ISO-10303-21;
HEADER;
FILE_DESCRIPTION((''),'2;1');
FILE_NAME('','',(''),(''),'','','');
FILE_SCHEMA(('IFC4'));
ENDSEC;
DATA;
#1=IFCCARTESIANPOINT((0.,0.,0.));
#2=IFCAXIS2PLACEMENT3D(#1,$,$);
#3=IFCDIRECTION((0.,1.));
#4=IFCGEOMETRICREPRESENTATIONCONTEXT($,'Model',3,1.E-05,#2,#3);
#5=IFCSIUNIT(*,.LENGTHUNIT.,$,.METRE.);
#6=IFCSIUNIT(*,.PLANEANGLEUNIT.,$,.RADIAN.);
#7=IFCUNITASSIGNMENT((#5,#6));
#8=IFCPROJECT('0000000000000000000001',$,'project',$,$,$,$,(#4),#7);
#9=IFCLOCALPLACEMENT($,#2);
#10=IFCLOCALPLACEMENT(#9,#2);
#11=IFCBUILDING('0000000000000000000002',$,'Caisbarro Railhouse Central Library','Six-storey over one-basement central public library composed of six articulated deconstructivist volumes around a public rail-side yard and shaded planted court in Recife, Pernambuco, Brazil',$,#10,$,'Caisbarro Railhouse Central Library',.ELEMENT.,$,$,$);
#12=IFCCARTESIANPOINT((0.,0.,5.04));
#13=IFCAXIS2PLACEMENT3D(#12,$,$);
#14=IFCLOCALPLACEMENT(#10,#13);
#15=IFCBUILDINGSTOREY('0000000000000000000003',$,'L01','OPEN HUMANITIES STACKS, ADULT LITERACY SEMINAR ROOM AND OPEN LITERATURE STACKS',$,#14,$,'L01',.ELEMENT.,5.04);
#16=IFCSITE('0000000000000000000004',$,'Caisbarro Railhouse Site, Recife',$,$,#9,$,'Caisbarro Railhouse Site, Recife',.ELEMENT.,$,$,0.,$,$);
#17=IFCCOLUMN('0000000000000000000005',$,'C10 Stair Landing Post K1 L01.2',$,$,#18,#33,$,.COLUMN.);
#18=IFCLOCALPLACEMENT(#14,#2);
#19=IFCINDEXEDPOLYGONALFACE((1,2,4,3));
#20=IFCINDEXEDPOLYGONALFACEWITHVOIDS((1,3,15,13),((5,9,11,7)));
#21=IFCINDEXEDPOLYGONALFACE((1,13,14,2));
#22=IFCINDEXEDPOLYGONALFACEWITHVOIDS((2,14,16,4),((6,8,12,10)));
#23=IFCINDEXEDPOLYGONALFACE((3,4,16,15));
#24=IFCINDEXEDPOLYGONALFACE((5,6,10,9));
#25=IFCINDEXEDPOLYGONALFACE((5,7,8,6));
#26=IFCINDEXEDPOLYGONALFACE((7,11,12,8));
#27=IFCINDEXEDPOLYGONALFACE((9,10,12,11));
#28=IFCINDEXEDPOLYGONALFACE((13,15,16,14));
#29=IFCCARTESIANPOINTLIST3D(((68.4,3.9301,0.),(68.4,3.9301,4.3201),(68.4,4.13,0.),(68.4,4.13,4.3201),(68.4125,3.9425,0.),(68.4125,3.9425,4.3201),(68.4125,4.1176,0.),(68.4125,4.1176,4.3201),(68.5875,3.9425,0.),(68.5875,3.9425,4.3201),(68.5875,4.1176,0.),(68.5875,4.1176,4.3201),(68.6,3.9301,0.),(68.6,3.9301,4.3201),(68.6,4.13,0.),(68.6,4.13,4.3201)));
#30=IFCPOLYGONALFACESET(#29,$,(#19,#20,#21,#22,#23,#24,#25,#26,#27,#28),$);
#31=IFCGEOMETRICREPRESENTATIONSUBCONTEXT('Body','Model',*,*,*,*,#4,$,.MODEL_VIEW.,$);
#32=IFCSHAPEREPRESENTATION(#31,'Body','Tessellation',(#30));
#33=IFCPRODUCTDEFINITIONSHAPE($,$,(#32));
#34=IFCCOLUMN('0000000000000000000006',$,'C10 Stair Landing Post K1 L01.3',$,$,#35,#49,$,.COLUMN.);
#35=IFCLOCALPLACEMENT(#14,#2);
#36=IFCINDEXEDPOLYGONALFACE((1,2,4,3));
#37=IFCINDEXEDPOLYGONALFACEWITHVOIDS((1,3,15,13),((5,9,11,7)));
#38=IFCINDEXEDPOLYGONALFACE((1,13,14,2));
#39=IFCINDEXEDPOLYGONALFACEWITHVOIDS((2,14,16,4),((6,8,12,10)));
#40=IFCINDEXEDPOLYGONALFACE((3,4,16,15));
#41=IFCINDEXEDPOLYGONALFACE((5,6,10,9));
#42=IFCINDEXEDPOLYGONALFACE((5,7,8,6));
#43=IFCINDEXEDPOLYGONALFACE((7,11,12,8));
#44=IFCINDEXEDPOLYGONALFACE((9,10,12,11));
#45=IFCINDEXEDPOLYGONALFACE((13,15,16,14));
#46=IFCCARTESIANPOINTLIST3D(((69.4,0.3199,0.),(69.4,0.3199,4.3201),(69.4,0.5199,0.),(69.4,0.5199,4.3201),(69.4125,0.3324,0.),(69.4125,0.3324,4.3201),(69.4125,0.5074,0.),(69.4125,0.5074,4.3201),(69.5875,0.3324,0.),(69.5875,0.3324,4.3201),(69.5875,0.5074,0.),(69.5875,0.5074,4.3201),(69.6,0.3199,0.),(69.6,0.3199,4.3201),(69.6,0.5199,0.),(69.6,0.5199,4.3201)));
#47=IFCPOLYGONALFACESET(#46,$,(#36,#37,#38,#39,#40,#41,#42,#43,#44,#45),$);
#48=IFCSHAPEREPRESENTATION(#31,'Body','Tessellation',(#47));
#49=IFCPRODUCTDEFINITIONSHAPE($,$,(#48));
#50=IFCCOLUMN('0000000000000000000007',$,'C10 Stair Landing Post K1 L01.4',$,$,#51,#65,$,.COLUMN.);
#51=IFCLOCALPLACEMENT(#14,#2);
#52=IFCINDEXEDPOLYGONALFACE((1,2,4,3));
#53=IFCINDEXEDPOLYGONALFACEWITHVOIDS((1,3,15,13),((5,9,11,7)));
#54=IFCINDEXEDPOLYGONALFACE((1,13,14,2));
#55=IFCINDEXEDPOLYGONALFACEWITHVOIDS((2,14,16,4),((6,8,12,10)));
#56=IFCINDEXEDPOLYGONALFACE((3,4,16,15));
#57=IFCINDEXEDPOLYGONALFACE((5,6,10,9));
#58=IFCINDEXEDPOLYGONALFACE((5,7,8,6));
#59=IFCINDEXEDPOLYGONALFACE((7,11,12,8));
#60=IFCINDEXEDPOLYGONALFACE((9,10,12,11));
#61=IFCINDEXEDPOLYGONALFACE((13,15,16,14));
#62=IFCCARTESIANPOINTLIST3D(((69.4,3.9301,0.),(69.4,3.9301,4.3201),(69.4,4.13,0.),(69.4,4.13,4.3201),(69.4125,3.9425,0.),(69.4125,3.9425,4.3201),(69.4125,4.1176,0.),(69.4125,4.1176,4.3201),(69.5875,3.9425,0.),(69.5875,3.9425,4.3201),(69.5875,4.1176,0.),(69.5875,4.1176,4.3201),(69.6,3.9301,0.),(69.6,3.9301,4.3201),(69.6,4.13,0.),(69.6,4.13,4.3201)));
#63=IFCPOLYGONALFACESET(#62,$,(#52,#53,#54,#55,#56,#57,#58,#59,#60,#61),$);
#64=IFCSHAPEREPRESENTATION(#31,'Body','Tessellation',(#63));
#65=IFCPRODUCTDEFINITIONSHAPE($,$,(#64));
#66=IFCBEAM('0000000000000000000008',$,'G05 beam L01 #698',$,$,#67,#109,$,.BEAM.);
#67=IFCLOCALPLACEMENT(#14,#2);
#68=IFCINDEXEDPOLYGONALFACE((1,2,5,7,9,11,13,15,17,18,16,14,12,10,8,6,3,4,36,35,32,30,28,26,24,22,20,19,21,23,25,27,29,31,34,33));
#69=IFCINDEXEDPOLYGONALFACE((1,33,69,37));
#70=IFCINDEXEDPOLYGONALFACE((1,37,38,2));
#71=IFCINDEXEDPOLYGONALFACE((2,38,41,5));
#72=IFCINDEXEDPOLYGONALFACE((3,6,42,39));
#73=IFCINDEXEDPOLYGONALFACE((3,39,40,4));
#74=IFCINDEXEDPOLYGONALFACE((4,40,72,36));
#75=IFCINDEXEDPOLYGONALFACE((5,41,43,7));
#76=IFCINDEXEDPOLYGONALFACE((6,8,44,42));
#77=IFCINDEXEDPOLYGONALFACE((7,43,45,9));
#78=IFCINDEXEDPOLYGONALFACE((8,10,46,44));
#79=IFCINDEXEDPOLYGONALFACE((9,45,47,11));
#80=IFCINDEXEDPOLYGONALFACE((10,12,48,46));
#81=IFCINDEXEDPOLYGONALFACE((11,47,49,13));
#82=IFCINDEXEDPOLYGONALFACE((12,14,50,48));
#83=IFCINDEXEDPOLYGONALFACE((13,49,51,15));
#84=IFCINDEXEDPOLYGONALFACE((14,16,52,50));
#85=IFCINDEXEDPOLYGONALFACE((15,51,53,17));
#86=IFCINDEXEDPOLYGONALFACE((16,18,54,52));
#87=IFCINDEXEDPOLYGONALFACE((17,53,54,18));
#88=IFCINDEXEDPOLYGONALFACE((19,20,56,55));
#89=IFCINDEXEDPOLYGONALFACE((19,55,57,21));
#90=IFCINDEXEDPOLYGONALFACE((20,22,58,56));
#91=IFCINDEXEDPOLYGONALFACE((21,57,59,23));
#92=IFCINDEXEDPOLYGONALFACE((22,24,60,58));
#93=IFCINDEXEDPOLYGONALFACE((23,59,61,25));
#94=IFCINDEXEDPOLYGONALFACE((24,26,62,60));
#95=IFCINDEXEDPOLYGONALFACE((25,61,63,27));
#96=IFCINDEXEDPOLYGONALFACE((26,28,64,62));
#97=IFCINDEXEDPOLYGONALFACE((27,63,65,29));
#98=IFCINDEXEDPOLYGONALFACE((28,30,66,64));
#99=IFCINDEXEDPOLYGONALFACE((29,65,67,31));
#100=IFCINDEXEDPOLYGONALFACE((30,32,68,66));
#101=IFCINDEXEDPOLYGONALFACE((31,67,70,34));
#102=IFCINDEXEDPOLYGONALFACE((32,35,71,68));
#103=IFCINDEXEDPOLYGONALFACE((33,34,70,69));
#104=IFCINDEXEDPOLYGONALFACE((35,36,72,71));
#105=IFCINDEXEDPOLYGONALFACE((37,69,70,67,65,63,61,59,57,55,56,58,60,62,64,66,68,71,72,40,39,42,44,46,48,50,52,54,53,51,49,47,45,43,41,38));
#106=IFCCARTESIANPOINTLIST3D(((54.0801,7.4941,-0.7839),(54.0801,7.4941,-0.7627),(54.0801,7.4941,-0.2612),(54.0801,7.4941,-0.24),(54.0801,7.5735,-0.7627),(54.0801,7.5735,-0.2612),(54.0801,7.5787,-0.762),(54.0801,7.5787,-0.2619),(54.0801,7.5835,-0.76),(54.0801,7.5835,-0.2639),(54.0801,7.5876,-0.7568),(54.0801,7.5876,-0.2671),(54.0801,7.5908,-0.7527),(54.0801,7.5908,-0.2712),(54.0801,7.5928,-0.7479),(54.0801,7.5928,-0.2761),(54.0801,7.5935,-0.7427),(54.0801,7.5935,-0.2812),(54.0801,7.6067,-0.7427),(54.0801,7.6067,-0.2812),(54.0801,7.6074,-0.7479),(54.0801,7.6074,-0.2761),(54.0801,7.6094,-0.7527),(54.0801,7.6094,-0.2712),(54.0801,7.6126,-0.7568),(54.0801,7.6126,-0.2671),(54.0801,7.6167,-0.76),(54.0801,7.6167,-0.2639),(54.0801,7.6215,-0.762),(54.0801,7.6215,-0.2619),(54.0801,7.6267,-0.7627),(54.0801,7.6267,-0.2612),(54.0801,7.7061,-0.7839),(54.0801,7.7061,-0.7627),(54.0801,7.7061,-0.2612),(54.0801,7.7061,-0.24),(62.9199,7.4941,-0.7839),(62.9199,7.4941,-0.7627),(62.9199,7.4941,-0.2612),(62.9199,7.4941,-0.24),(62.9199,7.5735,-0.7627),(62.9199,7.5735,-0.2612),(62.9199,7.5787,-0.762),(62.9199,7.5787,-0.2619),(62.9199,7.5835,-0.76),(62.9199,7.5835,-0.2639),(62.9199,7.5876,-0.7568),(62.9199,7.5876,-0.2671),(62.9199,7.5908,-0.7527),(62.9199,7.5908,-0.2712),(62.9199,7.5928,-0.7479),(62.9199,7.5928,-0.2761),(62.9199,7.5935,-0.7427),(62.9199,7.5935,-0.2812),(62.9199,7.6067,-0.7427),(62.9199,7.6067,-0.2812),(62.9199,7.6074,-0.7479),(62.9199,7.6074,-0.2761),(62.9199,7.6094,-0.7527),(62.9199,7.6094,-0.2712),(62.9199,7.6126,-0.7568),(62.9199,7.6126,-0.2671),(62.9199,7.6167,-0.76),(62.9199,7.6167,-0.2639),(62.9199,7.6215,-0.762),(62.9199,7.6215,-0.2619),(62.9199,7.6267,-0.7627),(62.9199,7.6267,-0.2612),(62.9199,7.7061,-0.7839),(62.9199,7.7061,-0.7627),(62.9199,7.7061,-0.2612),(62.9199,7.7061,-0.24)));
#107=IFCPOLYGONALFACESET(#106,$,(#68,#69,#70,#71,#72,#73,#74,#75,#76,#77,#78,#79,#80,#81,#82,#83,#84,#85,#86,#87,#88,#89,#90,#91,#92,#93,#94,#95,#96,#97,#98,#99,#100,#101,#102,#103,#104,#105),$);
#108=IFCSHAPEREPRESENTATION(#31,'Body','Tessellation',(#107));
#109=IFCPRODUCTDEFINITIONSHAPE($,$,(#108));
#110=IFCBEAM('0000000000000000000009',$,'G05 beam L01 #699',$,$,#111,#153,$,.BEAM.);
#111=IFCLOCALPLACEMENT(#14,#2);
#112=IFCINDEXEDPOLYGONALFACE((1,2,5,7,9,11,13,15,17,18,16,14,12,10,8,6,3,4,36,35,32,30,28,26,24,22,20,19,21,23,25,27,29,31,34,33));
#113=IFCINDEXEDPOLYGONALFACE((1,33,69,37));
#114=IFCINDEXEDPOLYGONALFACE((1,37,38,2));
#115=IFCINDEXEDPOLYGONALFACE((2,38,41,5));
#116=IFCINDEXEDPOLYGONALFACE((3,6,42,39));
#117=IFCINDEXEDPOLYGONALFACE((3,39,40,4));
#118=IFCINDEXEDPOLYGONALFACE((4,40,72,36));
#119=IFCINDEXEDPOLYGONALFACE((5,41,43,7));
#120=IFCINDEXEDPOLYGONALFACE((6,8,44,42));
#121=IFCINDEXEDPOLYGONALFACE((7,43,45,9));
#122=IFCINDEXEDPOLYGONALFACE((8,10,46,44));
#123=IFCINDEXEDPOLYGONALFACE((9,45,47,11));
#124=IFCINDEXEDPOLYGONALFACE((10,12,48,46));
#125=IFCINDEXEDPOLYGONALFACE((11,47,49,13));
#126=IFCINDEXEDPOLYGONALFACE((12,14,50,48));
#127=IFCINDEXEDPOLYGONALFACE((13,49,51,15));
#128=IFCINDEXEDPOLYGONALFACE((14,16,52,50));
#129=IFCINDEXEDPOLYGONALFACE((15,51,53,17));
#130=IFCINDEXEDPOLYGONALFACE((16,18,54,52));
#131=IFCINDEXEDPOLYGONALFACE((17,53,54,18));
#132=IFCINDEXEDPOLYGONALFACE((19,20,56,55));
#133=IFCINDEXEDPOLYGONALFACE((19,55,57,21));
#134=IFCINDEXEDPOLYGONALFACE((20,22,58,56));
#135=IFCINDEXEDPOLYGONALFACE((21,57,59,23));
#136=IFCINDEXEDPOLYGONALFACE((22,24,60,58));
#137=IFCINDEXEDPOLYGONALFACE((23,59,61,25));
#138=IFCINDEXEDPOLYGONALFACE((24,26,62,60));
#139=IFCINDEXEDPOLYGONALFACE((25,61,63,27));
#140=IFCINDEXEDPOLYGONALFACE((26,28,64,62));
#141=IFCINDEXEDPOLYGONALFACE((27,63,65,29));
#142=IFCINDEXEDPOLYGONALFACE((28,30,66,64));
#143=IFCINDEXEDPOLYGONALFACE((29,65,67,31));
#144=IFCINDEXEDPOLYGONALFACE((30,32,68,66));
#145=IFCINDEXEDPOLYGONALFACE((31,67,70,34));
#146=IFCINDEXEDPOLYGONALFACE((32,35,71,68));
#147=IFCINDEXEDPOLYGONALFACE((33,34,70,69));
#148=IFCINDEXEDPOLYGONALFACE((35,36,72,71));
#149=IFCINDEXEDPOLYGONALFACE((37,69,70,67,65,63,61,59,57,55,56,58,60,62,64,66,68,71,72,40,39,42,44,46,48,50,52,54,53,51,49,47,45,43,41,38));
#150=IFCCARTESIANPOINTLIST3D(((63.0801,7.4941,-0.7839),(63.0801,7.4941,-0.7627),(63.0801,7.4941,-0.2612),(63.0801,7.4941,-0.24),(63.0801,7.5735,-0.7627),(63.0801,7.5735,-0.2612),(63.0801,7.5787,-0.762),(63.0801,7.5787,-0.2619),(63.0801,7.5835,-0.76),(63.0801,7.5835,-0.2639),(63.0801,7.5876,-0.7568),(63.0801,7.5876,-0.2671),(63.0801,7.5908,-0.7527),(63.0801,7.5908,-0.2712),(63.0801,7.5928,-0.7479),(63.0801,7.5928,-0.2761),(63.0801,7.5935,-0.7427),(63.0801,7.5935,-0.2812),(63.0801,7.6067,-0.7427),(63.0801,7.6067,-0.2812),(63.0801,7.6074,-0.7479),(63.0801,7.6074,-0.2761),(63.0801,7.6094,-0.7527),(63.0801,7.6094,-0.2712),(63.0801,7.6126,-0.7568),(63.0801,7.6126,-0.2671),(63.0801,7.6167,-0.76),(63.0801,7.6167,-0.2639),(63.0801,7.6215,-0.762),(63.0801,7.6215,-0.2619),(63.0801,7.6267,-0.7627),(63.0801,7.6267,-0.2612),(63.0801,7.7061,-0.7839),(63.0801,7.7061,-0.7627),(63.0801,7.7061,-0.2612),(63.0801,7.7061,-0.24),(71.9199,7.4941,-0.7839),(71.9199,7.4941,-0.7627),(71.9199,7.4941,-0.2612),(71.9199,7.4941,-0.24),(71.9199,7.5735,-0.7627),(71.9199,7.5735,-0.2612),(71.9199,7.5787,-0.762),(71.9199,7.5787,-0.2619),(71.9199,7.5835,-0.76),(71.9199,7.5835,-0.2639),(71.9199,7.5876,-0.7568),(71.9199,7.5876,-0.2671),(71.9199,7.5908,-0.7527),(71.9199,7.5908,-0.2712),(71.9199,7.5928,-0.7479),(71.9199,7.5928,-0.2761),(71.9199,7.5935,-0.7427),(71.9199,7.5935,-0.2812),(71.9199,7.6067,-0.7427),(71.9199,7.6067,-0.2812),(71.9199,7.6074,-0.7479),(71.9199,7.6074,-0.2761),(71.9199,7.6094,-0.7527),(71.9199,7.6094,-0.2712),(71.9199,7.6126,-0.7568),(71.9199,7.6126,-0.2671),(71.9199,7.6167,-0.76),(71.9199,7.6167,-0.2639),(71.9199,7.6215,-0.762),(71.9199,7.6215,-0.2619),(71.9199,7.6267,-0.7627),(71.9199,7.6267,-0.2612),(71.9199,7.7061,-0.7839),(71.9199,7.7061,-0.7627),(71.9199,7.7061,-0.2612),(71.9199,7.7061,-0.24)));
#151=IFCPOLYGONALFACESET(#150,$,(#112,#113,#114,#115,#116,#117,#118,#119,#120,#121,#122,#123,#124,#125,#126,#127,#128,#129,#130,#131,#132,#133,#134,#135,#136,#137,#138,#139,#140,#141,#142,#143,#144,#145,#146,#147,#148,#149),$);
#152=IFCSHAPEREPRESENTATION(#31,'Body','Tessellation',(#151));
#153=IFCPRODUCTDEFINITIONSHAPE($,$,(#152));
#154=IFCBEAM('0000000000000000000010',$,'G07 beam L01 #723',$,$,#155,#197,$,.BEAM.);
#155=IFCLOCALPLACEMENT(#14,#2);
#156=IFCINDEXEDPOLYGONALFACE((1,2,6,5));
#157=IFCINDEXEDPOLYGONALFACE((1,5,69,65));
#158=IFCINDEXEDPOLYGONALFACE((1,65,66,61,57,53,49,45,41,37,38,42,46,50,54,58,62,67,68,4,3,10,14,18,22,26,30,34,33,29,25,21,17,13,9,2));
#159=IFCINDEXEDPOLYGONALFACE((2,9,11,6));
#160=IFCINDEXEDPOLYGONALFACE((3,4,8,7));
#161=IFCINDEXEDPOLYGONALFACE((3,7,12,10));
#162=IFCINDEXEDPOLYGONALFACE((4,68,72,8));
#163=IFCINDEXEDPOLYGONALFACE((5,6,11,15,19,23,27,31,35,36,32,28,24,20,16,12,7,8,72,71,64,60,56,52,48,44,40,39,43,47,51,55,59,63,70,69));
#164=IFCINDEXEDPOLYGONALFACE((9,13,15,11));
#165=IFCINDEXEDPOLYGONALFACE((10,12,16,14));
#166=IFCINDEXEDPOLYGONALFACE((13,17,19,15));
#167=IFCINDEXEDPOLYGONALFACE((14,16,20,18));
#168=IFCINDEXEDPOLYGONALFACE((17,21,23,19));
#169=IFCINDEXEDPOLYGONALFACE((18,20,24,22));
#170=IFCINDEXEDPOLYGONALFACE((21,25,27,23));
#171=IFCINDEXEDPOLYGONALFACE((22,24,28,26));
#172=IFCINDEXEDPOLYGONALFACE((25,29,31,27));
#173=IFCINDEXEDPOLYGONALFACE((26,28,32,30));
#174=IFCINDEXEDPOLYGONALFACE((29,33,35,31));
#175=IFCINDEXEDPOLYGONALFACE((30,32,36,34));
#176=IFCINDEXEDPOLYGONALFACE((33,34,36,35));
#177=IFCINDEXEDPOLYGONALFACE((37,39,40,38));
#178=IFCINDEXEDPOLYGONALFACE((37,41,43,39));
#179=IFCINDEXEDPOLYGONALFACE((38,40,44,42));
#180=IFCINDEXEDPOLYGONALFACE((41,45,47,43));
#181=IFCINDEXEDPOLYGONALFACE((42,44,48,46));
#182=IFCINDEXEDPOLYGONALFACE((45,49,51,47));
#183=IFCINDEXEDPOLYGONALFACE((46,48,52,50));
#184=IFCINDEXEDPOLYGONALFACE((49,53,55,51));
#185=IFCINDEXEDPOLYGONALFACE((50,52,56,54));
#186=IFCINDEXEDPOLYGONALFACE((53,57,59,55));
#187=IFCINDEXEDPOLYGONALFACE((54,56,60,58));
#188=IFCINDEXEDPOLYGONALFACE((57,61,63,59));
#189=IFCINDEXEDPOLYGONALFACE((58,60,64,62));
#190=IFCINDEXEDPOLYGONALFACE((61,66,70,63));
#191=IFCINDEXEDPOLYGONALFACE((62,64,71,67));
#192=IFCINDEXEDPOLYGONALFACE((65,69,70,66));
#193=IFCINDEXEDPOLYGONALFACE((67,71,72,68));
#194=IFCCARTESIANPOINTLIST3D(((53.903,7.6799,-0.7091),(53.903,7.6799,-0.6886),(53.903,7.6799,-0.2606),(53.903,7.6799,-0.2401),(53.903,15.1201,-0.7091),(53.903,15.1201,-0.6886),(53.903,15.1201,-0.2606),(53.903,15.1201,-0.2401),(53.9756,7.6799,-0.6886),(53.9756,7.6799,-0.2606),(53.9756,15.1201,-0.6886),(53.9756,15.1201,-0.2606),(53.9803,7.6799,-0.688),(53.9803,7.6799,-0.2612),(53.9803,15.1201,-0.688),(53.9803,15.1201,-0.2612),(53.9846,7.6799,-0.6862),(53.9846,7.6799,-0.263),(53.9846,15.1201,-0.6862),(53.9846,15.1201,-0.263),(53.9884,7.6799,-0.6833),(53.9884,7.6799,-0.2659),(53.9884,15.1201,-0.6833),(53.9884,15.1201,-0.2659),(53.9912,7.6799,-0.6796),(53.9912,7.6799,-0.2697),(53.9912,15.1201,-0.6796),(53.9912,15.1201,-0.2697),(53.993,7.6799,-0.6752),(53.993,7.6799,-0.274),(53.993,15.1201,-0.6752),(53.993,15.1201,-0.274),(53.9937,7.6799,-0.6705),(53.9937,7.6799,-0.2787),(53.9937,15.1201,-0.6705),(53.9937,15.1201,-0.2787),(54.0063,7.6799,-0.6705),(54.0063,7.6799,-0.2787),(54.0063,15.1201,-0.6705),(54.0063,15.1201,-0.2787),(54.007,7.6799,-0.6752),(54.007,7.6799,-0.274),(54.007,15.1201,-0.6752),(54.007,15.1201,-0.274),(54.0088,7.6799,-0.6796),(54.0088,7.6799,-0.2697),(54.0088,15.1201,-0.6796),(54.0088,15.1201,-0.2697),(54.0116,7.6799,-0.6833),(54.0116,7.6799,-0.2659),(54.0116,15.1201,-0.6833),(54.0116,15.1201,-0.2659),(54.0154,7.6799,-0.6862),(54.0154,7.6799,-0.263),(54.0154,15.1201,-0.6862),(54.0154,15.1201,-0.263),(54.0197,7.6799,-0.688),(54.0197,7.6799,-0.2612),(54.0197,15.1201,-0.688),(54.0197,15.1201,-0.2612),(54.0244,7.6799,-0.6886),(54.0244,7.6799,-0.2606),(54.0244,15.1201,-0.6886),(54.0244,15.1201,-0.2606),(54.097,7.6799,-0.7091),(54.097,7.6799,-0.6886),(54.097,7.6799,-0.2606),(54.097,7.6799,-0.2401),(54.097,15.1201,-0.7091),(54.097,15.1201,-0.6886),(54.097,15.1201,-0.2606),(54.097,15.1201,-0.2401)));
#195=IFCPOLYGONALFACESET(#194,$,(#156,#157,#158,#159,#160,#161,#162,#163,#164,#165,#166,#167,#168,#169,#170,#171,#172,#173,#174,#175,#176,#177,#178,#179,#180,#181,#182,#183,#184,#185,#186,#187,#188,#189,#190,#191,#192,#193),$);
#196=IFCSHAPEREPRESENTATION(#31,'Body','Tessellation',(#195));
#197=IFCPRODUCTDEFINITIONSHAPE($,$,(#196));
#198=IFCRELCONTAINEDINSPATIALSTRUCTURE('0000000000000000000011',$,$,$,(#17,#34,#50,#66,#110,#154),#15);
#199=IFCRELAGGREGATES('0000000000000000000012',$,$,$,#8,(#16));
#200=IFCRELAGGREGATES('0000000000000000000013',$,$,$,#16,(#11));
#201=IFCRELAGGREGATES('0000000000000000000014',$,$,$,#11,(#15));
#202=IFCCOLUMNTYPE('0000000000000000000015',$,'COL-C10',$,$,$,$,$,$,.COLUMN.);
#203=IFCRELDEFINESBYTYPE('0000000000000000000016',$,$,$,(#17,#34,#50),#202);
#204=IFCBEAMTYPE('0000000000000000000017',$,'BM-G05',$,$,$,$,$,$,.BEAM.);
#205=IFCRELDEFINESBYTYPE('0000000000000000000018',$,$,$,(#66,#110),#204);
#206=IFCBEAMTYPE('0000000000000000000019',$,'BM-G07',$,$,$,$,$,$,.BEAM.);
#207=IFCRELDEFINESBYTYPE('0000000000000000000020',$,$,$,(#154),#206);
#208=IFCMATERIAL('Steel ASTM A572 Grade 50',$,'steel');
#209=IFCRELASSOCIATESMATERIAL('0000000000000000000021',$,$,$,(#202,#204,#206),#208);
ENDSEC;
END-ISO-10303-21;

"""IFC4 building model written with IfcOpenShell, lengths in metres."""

from ifc_helpers import new_model, si_unit, direction, frame, origin, origin_2d, place, context, subcontext, project, spatial, hollow_rectangle, i_section, extrude, material, material_profile, profile_set, type_object, element, save


model = new_model("IFC4")

# Units and contexts
model_context = context("Model", 3, precision=1e-05, world=origin(), true_north=direction((0.0, 1.0)))
body_context = subcontext(model_context, "Body", "Model", "MODEL_VIEW")
ifc_project = project(units=[si_unit("LENGTHUNIT", "METRE"), si_unit("PLANEANGLEUNIT", "RADIAN")], contexts=[model_context])

# Site, building, storey
site_placement = place(None, origin())
site = spatial("IfcSite", under=ifc_project, at=site_placement, Name="Caisbarro Railhouse Site, Recife", LongName="Caisbarro Railhouse Site, Recife", CompositionType="ELEMENT", RefElevation=0.0)
building_placement = place(site_placement, origin())
building = spatial("IfcBuilding", under=site, at=building_placement, Name="Caisbarro Railhouse Central Library", Description="Six-storey over one-basement central public library composed of six articulated deconstructivist volumes around a public rail-side yard and shaded planted court in Recife, Pernambuco, Brazil", LongName="Caisbarro Railhouse Central Library", CompositionType="ELEMENT")
storey_placement = place(building_placement, frame((0.0, 0.0, 5.04)))
storey = spatial("IfcBuildingStorey", under=building, at=storey_placement, Name="L01", Description="OPEN HUMANITIES STACKS, ADULT LITERACY SEMINAR ROOM AND OPEN LITERATURE STACKS", LongName="L01", CompositionType="ELEMENT", Elevation=5.04)

# Columns
ifc_material_1 = material(Name="Steel ASTM A572 Grade 50", Category="steel")
ifc_material_profile_1 = material_profile(ifc_material_1, hollow_rectangle(XDim=0.2, YDim=0.2, WallThickness=0.0125, at=origin_2d()), Name="HSS200X200X12.5")
ifc_profile_set_1 = profile_set([ifc_material_profile_1], Name="Steel ASTM A572 Grade 50")
column_type_1 = type_object("IfcColumnType", Name="COL-C10", PredefinedType="COLUMN", material=ifc_profile_set_1)
for number, where, z_axis, x_axis, name in (
    (1, (68.5, 4.03, 0.0), (0.0, 0.0, 1.0), (1.0, 0.0, 0.0), "C10 Stair Landing Post K1 L01.2"),
    (2, (69.5, 0.4199, 0.0), (0.0, 0.0, 1.0), (1.0, 0.0, 0.0), "C10 Stair Landing Post K1 L01.3"),
    (3, (69.5, 4.03, 0.0), (0.0, 0.0, 1.0), (1.0, 0.0, 0.0), "C10 Stair Landing Post K1 L01.4"),
):
    element("IfcColumn", number, at=place(storey_placement, frame(where, z_axis=z_axis, x_axis=x_axis)), inside=storey, type_object=column_type_1, Name=name, PredefinedType="COLUMN", context=body_context, shape_type="SweptSolid", body=[
        extrude(hollow_rectangle(XDim=0.2, YDim=0.2, WallThickness=0.0125, at=origin_2d()), origin(), (0.0, 0.0, 1.0), 4.3201),
    ])

# Beams
ifc_material_profile_2 = material_profile(ifc_material_1, i_section(OverallWidth=0.2119, OverallDepth=0.5439, WebThickness=0.0132, FlangeThickness=0.0212, FilletRadius=0.02, at=origin_2d()), Name="W530X123.0")
ifc_profile_set_2 = profile_set([ifc_material_profile_2], Name="Steel ASTM A572 Grade 50")
beam_type_1 = type_object("IfcBeamType", Name="BM-G05", PredefinedType="BEAM", material=ifc_profile_set_2)
for number, where, z_axis, x_axis, name in (
    (4, (54.0801, 7.6001, -0.512), (1.0, 0.0, 0.0), (0.0, 1.0, 0.0), "G05 beam L01 #698"),
    (5, (63.0801, 7.6001, -0.512), (1.0, 0.0, 0.0), (0.0, 1.0, 0.0), "G05 beam L01 #699"),
):
    element("IfcBeam", number, at=place(storey_placement, frame(where, z_axis=z_axis, x_axis=x_axis)), inside=storey, type_object=beam_type_1, Name=name, PredefinedType="BEAM", context=body_context, shape_type="SweptSolid", body=[
        extrude(i_section(OverallWidth=0.2119, OverallDepth=0.5439, WebThickness=0.0132, FlangeThickness=0.0212, FilletRadius=0.02, at=origin_2d()), origin(), (0.0, 0.0, 1.0), 8.8398),
    ])
ifc_material_profile_3 = material_profile(ifc_material_1, i_section(OverallWidth=0.1941, OverallDepth=0.469, WebThickness=0.0127, FlangeThickness=0.0205, FilletRadius=0.0181, at=origin_2d()), Name="W460X106.0")
ifc_profile_set_3 = profile_set([ifc_material_profile_3], Name="Steel ASTM A572 Grade 50")
beam_type_2 = type_object("IfcBeamType", Name="BM-G07", PredefinedType="BEAM", material=ifc_profile_set_3)
beam_1_placement = place(storey_placement, frame((54.0, 7.6799, -0.4746), z_axis=(0.0, 1.0, 0.0), x_axis=(-1.0, 0.0, 0.0)))
element("IfcBeam", 6, at=beam_1_placement, inside=storey, type_object=beam_type_2, Name="G07 beam L01 #723", PredefinedType="BEAM", context=body_context, shape_type="SweptSolid", body=[
    extrude(i_section(OverallWidth=0.1941, OverallDepth=0.469, WebThickness=0.0127, FlangeThickness=0.0205, FilletRadius=0.0181, at=origin_2d()), origin(), (0.0, 0.0, 1.0), 7.4402),
])

save(model, "model.ifc")
